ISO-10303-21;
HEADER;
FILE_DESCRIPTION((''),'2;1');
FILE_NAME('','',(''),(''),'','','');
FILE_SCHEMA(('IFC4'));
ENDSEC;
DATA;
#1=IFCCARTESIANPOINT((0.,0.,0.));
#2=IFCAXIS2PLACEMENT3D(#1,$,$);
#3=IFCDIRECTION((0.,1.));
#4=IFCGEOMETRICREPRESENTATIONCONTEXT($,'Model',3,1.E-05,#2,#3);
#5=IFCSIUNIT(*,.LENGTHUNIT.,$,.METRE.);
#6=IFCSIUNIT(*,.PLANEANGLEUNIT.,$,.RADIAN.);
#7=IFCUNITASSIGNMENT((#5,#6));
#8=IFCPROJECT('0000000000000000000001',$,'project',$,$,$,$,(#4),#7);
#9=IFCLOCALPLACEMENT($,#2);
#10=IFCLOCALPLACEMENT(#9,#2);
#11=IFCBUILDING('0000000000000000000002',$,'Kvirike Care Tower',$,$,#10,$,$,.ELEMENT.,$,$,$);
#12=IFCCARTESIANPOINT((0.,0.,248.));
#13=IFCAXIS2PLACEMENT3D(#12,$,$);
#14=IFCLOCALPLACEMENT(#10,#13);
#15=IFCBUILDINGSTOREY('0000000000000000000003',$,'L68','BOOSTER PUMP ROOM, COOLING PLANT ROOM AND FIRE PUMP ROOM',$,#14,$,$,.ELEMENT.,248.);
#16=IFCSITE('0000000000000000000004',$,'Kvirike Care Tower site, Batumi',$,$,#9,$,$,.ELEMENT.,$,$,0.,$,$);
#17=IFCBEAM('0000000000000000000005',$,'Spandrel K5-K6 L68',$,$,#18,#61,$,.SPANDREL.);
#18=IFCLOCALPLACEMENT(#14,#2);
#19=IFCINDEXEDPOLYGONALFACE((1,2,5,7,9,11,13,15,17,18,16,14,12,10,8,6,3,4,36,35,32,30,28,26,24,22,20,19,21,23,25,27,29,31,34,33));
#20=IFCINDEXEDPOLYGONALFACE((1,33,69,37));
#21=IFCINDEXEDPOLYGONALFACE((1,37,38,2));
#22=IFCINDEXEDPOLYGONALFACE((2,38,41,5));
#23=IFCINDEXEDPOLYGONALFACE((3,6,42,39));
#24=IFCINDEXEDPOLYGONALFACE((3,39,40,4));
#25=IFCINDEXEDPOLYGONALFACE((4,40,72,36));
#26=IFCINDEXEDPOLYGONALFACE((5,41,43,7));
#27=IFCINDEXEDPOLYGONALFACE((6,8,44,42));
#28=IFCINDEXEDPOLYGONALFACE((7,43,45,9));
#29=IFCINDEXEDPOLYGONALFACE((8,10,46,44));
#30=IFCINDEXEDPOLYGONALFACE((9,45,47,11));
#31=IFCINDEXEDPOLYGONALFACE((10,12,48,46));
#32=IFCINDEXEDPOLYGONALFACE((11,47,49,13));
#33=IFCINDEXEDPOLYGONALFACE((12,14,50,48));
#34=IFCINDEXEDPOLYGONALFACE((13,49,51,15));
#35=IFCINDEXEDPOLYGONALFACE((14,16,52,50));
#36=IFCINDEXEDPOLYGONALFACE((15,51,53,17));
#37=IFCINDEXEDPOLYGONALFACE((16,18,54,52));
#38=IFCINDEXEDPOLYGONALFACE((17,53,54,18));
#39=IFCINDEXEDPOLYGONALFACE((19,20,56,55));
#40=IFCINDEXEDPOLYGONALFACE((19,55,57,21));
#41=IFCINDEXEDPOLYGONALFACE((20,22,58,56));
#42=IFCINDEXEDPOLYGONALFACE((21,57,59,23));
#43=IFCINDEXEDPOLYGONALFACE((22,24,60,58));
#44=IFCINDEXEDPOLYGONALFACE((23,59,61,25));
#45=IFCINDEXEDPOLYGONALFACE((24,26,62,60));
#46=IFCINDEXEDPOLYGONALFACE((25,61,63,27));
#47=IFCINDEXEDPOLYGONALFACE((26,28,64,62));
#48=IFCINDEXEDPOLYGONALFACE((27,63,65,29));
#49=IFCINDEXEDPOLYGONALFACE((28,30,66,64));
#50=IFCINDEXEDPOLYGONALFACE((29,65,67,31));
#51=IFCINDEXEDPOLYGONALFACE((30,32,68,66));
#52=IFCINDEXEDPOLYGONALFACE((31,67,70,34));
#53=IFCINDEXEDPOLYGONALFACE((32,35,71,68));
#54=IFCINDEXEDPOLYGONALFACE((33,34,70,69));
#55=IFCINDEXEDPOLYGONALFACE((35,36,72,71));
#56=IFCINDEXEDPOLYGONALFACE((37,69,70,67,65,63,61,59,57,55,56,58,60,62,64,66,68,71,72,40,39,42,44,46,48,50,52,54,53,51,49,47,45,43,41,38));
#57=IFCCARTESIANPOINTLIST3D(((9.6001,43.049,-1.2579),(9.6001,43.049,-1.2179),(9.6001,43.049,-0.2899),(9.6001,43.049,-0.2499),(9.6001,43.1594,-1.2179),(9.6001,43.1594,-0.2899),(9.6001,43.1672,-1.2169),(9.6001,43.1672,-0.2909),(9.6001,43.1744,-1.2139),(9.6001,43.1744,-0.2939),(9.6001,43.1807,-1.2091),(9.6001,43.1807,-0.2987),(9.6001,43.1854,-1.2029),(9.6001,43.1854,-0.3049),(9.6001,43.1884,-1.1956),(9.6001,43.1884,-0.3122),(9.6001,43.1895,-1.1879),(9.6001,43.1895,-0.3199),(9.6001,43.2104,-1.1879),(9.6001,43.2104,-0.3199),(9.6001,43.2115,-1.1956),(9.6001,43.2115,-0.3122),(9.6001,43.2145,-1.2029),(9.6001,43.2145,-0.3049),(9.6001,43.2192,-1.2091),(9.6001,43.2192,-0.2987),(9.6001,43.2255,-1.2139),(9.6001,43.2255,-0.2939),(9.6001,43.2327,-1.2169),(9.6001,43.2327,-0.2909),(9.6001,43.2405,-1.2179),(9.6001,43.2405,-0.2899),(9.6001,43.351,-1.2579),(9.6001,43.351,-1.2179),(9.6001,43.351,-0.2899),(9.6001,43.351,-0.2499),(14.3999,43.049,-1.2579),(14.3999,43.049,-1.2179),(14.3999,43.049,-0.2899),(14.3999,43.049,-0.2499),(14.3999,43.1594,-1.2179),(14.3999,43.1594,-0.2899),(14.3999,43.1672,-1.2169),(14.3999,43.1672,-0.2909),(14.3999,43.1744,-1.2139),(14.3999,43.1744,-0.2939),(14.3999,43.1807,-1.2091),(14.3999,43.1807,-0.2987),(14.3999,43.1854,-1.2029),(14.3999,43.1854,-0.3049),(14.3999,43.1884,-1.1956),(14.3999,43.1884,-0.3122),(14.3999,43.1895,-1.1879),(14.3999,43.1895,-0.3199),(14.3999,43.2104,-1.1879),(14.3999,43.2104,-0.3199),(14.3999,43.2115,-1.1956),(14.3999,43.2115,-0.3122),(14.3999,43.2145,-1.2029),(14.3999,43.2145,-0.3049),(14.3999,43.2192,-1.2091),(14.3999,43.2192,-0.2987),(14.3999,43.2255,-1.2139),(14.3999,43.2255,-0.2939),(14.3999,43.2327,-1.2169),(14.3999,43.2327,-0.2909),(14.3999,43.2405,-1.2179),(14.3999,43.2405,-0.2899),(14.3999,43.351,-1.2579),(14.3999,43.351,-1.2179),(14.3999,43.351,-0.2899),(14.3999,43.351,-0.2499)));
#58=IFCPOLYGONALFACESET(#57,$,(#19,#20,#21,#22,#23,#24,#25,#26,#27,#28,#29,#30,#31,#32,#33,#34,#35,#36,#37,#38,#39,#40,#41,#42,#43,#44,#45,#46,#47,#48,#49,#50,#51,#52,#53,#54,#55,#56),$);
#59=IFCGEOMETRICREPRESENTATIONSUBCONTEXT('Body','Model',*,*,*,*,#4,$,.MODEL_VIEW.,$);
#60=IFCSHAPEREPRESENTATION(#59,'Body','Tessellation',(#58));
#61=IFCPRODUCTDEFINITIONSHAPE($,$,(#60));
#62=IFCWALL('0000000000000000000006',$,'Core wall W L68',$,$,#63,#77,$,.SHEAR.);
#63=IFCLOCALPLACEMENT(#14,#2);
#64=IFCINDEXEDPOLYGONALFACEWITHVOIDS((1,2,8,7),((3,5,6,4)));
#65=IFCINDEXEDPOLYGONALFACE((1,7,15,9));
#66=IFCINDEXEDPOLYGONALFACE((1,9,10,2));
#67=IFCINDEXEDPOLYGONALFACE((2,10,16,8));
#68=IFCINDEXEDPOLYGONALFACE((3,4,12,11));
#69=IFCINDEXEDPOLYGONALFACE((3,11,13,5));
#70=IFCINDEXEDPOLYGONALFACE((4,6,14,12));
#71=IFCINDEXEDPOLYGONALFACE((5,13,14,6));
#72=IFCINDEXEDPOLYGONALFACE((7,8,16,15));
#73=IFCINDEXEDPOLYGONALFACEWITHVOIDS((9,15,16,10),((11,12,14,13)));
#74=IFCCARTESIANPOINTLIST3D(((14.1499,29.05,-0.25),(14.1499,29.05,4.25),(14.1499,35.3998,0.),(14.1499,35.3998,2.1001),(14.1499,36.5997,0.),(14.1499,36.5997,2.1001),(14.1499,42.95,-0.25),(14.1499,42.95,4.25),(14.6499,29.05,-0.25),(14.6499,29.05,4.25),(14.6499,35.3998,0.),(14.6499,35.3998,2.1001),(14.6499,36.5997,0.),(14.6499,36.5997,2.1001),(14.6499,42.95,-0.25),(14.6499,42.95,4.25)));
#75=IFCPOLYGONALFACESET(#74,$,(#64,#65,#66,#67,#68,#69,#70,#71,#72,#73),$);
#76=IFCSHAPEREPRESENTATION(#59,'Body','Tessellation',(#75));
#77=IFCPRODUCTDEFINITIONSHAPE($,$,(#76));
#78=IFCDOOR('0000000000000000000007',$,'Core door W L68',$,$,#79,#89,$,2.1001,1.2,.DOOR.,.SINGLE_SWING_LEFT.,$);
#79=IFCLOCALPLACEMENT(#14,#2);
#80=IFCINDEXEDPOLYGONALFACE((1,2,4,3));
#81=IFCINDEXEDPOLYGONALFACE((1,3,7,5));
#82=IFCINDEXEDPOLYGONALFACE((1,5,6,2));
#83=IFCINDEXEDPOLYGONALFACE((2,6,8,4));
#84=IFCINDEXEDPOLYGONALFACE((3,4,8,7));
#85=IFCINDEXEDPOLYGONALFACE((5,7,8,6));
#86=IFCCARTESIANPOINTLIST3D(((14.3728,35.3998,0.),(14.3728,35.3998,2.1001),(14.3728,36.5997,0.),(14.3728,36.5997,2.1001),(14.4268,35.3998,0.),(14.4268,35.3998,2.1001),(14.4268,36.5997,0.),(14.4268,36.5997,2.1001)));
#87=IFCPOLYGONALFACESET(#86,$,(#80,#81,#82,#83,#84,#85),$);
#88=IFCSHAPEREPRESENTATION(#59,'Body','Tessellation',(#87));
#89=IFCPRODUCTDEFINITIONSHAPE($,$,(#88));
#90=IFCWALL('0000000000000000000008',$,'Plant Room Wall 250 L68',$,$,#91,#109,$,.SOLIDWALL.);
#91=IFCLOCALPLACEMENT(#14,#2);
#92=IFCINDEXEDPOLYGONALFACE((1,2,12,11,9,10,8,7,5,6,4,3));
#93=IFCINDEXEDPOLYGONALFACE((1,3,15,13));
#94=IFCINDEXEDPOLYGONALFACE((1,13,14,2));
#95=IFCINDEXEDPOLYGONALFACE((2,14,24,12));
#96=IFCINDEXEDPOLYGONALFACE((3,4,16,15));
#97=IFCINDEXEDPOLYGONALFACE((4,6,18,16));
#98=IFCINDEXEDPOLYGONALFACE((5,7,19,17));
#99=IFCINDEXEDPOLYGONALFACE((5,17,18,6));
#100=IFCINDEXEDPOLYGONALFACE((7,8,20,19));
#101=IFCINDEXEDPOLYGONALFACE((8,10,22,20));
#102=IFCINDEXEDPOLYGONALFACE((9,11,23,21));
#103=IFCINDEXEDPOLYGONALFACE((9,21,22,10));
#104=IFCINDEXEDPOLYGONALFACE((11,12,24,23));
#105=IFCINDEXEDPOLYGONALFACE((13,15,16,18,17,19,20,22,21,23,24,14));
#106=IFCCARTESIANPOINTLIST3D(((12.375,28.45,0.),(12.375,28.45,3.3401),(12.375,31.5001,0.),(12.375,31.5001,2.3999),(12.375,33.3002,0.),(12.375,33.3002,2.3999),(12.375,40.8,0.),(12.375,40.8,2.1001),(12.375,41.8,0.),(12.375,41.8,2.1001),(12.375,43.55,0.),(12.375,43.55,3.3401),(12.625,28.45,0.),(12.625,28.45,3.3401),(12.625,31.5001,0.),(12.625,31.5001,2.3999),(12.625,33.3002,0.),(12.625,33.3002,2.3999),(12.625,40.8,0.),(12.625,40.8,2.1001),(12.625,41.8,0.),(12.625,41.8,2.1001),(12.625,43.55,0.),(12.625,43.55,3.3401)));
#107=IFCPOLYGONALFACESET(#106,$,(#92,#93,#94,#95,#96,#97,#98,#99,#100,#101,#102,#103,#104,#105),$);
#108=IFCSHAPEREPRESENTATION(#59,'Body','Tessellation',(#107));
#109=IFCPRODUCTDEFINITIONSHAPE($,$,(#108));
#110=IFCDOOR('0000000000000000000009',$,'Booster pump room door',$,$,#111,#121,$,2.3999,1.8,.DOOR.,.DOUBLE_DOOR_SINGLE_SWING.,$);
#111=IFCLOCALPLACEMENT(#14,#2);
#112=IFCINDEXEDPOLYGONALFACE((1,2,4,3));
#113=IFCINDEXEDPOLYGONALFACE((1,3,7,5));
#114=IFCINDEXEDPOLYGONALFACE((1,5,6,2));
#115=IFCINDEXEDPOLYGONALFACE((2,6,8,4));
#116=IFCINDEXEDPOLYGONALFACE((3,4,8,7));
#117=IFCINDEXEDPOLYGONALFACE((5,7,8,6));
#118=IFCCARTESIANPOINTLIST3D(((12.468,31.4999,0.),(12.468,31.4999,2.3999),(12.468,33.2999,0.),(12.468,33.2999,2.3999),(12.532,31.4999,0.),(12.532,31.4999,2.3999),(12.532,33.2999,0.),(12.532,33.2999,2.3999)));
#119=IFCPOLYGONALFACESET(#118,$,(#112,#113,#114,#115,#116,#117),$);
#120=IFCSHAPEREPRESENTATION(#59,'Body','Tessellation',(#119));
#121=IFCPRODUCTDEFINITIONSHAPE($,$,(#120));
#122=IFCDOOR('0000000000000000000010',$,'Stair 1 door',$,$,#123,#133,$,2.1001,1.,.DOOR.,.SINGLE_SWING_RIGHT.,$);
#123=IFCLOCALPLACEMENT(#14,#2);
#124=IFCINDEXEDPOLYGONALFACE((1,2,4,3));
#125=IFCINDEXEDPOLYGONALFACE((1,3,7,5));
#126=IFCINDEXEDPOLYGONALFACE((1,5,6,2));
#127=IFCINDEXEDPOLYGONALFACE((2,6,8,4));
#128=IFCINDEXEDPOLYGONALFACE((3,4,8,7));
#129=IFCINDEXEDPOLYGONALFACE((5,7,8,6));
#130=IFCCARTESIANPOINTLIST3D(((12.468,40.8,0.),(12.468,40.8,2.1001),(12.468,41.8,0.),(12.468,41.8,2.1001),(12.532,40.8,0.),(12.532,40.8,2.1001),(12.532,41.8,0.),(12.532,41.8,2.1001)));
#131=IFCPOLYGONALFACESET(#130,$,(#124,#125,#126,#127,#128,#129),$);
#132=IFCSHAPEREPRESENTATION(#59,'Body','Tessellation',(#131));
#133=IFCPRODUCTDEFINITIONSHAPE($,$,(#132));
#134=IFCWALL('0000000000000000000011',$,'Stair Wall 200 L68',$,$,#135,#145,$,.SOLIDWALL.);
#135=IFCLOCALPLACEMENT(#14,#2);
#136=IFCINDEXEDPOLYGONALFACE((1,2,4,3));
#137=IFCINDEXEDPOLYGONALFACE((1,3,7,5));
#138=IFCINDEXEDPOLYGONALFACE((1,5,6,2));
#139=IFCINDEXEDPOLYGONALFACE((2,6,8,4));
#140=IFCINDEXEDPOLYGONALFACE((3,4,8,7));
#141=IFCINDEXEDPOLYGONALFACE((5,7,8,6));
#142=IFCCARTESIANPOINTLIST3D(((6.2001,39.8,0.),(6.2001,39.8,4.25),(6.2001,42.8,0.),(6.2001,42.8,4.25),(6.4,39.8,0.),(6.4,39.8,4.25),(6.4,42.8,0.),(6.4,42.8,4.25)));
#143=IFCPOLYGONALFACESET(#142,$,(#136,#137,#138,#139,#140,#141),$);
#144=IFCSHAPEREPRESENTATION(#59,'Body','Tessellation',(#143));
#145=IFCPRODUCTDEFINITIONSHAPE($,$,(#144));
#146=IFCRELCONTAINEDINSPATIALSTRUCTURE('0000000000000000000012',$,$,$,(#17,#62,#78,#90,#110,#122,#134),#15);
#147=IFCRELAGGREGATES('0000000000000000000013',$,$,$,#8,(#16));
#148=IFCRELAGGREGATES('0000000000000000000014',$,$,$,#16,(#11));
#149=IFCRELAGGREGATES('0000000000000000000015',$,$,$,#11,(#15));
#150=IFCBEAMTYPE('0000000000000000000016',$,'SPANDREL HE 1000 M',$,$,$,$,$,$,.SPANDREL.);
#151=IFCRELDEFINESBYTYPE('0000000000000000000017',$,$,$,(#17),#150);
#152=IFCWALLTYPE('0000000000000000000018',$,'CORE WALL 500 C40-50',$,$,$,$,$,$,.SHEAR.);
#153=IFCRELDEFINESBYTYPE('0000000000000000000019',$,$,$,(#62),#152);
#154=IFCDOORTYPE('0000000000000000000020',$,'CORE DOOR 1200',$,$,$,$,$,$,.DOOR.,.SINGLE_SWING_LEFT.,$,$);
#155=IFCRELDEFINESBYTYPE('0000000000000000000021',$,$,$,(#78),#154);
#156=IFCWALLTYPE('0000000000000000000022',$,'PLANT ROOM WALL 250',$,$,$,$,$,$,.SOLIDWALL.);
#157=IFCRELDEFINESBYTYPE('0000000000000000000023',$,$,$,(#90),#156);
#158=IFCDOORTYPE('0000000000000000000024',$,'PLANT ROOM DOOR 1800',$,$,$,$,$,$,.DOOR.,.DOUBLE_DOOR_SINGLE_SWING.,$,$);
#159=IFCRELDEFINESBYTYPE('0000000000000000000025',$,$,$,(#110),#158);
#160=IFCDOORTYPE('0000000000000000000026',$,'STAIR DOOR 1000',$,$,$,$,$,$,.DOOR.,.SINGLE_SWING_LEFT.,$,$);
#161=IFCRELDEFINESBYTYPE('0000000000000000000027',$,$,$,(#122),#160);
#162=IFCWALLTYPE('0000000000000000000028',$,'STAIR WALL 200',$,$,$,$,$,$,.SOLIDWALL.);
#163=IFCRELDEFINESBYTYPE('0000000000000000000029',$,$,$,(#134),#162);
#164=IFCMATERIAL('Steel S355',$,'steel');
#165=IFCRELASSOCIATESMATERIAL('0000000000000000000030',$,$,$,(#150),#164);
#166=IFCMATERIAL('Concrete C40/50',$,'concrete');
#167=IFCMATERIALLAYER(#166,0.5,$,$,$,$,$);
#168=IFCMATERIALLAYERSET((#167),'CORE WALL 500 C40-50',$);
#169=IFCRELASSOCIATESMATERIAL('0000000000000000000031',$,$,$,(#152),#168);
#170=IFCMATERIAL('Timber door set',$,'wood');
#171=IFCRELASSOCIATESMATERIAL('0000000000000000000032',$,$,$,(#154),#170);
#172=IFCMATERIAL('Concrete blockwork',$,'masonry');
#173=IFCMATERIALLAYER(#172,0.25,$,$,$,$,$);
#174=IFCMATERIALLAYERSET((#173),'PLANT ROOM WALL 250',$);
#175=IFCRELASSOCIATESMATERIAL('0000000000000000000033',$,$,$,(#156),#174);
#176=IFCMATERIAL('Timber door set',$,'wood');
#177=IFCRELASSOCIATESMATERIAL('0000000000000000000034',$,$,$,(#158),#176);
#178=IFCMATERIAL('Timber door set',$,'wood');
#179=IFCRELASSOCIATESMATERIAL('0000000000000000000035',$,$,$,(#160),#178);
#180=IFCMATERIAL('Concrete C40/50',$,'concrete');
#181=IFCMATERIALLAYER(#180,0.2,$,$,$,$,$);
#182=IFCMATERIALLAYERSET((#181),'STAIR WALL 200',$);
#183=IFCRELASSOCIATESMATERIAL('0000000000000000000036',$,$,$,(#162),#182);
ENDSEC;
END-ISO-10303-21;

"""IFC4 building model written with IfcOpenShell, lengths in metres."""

from ifc_helpers import new_model, si_unit, direction, frame, frame_2d, origin, origin_2d, place, context, subcontext, project, spatial, rectangle, i_section, extrude, material, layer, layer_set, material_profile, profile_set, type_object, element, fill, save


model = new_model("IFC4")

# Units and contexts
model_context = context("Model", 3, precision=1e-05, world=origin(), true_north=direction((0.0, 1.0)))
body_context = subcontext(model_context, "Body", "Model", "MODEL_VIEW")
ifc_project = project(units=[si_unit("LENGTHUNIT", "METRE"), si_unit("PLANEANGLEUNIT", "RADIAN")], contexts=[model_context])

# Site, building, storey
site_placement = place(None, origin())
site = spatial("IfcSite", under=ifc_project, at=site_placement, Name="Kvirike Care Tower site, Batumi", CompositionType="ELEMENT", RefElevation=0.0)
building_placement = place(site_placement, origin())
building = spatial("IfcBuilding", under=site, at=building_placement, Name="Kvirike Care Tower", CompositionType="ELEMENT")
storey_placement = place(building_placement, frame((0.0, 0.0, 248.0)))
storey = spatial("IfcBuildingStorey", under=building, at=storey_placement, Name="L68", Description="BOOSTER PUMP ROOM, COOLING PLANT ROOM AND FIRE PUMP ROOM", CompositionType="ELEMENT", Elevation=248.0)

# Beam
ifc_material_1 = material(Name="Steel S355", Category="steel")
ifc_material_profile_1 = material_profile(ifc_material_1, i_section(OverallWidth=0.302, OverallDepth=1.0081, WebThickness=0.021, FlangeThickness=0.04, FilletRadius=0.03, at=origin_2d()), Name="HE 1000 M")
ifc_profile_set_1 = profile_set([ifc_material_profile_1], Name="Steel S355")
beam_type = type_object("IfcBeamType", Name="SPANDREL HE 1000 M", PredefinedType="SPANDREL", material=ifc_profile_set_1)
beam_placement = place(storey_placement, frame((9.6001, 43.2, -0.7539), z_axis=(1.0, 0.0, 0.0), x_axis=(0.0, 1.0, 0.0)))
element("IfcBeam", 1, at=beam_placement, inside=storey, type_object=beam_type, Name="Spandrel K5-K6 L68", PredefinedType="SPANDREL", context=body_context, shape_type="SweptSolid", body=[
    extrude(i_section(OverallWidth=0.302, OverallDepth=1.0081, WebThickness=0.021, FlangeThickness=0.04, FilletRadius=0.03, at=origin_2d()), origin(), (0.0, 0.0, 1.0), 4.7998),
])

# Wall, opening, door
ifc_material_2 = material(Name="Concrete C40/50", Category="concrete")
ifc_layer_1 = layer(ifc_material_2, 0.5)
ifc_layer_set_1 = layer_set([ifc_layer_1], Name="CORE WALL 500 C40-50")
wall_type_1 = type_object("IfcWallType", Name="CORE WALL 500 C40-50", PredefinedType="SHEAR", material=ifc_layer_set_1)
wall_1_placement = place(storey_placement, frame((14.3999, 42.95, -0.25), z_axis=(0.0, 0.0, 1.0), x_axis=(0.0, -1.0, 0.0)))
wall_1 = element("IfcWall", 2, at=wall_1_placement, inside=storey, type_object=wall_type_1, Name="Core wall W L68", PredefinedType="SHEAR", context=body_context, shape_type="SweptSolid", body=[
    extrude(rectangle(XDim=13.8999, YDim=0.5, at=frame_2d((6.95, 0.0))), origin(), (0.0, 0.0, 1.0), 4.5),
])
opening_1_placement = place(wall_1_placement, frame((6.3501, 0.0, 0.25)))
opening_1 = element("IfcOpeningElement", 3, at=opening_1_placement, cuts=wall_1, PredefinedType="OPENING", context=body_context, shape_type="SweptSolid", body=[
    extrude(rectangle(XDim=1.2, YDim=2.1001, at=frame_2d((0.6001, 1.05))), frame((0.0, 0.2605, 0.0), z_axis=(0.0, -1.0, 0.0), x_axis=(1.0, 0.0, 0.0)), (0.0, 0.0, 1.0), 0.521),
])
ifc_material_3 = material(Name="Timber door set", Category="wood")
door_type_1 = type_object("IfcDoorType", Name="CORE DOOR 1200", OperationType="SINGLE_SWING_LEFT", PredefinedType="DOOR", material=ifc_material_3)
door_1_placement = place(opening_1_placement, origin())
door_1 = element("IfcDoor", 4, at=door_1_placement, inside=storey, type_object=door_type_1, Name="Core door W L68", OperationType="SINGLE_SWING_LEFT", OverallHeight=2.1001, OverallWidth=1.2, PredefinedType="DOOR", context=body_context, shape_type="SweptSolid", body=[
    extrude(rectangle(XDim=1.2, YDim=2.1001, at=frame_2d((0.6001, 1.05))), frame((0.0, 0.0269, 0.0), z_axis=(0.0, -1.0, 0.0), x_axis=(1.0, 0.0, 0.0)), (0.0, 0.0, 1.0), 0.054),
])
fill(opening_1, door_1)

# Wall, openings, doors
ifc_material_4 = material(Name="Concrete blockwork", Category="masonry")
ifc_layer_2 = layer(ifc_material_4, 0.25)
ifc_layer_set_2 = layer_set([ifc_layer_2], Name="PLANT ROOM WALL 250")
wall_type_2 = type_object("IfcWallType", Name="PLANT ROOM WALL 250", PredefinedType="SOLIDWALL", material=ifc_layer_set_2)
wall_2_placement = place(storey_placement, frame((12.5, 43.55, 0.0), z_axis=(0.0, 0.0, 1.0), x_axis=(0.0, -1.0, 0.0)))
wall_2 = element("IfcWall", 5, at=wall_2_placement, inside=storey, type_object=wall_type_2, Name="Plant Room Wall 250 L68", PredefinedType="SOLIDWALL", context=body_context, shape_type="SweptSolid", body=[
    extrude(rectangle(XDim=15.1001, YDim=0.25, at=frame_2d((7.55, 0.0))), origin(), (0.0, 0.0, 1.0), 3.3401),
])
opening_2_placement = place(wall_2_placement, frame((1.75, 0.0, 0.0)))
opening_2 = element("IfcOpeningElement", 6, at=opening_2_placement, cuts=wall_2, PredefinedType="OPENING", context=body_context, shape_type="SweptSolid", body=[
    extrude(rectangle(XDim=1.0, YDim=2.1001, at=frame_2d((0.5, 1.05))), frame((0.0, 0.1355, 0.0), z_axis=(0.0, -1.0, 0.0), x_axis=(1.0, 0.0, 0.0)), (0.0, 0.0, 1.0), 0.271),
])
opening_3_placement = place(wall_2_placement, frame((10.25, 0.0, 0.0)))
opening_3 = element("IfcOpeningElement", 7, at=opening_3_placement, cuts=wall_2, PredefinedType="OPENING", context=body_context, shape_type="SweptSolid", body=[
    extrude(rectangle(XDim=1.8, YDim=2.3999, at=frame_2d((0.8999, 1.2))), frame((0.0, 0.1355, 0.0), z_axis=(0.0, -1.0, 0.0), x_axis=(1.0, 0.0, 0.0)), (0.0, 0.0, 1.0), 0.271),
])
ifc_material_5 = material(Name="Timber door set", Category="wood")
door_type_2 = type_object("IfcDoorType", Name="PLANT ROOM DOOR 1800", OperationType="DOUBLE_DOOR_SINGLE_SWING", PredefinedType="DOOR", material=ifc_material_5)
door_2_placement = place(opening_3_placement, frame((1.8, 0.0, 0.0), z_axis=(0.0, 0.0, 1.0), x_axis=(-1.0, 0.0, 0.0)))
door_2 = element("IfcDoor", 8, at=door_2_placement, inside=storey, type_object=door_type_2, Name="Booster pump room door", OperationType="DOUBLE_DOOR_SINGLE_SWING", OverallHeight=2.3999, OverallWidth=1.8, PredefinedType="DOOR", context=body_context, shape_type="SweptSolid", body=[
    extrude(rectangle(XDim=1.8, YDim=2.3999, at=frame_2d((0.8999, 1.2))), frame((0.0, 0.032, 0.0), z_axis=(0.0, -1.0, 0.0), x_axis=(1.0, 0.0, 0.0)), (0.0, 0.0, 1.0), 0.064),
])
fill(opening_3, door_2)
ifc_material_6 = material(Name="Timber door set", Category="wood")
door_type_3 = type_object("IfcDoorType", Name="STAIR DOOR 1000", OperationType="SINGLE_SWING_LEFT", PredefinedType="DOOR", material=ifc_material_6)
door_3_placement = place(opening_2_placement, frame((1.0, 0.0, 0.0), z_axis=(0.0, 0.0, 1.0), x_axis=(-1.0, 0.0, 0.0)))
door_3 = element("IfcDoor", 9, at=door_3_placement, inside=storey, type_object=door_type_3, Name="Stair 1 door", OperationType="SINGLE_SWING_RIGHT", OverallHeight=2.1001, OverallWidth=1.0, PredefinedType="DOOR", context=body_context, shape_type="SweptSolid", body=[
    extrude(rectangle(XDim=1.0, YDim=2.1001, at=frame_2d((0.5, 1.05))), frame((0.0, 0.032, 0.0), z_axis=(0.0, -1.0, 0.0), x_axis=(1.0, 0.0, 0.0)), (0.0, 0.0, 1.0), 0.064),
])
fill(opening_2, door_3)

# Wall
ifc_material_7 = material(Name="Concrete C40/50", Category="concrete")
ifc_layer_3 = layer(ifc_material_7, 0.2)
ifc_layer_set_3 = layer_set([ifc_layer_3], Name="STAIR WALL 200")
wall_type_3 = type_object("IfcWallType", Name="STAIR WALL 200", PredefinedType="SOLIDWALL", material=ifc_layer_set_3)
wall_3_placement = place(storey_placement, frame((6.3, 42.8, 0.0), z_axis=(0.0, 0.0, 1.0), x_axis=(0.0, -1.0, 0.0)))
element("IfcWall", 10, at=wall_3_placement, inside=storey, type_object=wall_type_3, Name="Stair Wall 200 L68", PredefinedType="SOLIDWALL", context=body_context, shape_type="SweptSolid", body=[
    extrude(rectangle(XDim=3.0, YDim=0.2, at=frame_2d((1.5, 0.0))), origin(), (0.0, 0.0, 1.0), 4.25),
])

save(model, "model.ifc")
